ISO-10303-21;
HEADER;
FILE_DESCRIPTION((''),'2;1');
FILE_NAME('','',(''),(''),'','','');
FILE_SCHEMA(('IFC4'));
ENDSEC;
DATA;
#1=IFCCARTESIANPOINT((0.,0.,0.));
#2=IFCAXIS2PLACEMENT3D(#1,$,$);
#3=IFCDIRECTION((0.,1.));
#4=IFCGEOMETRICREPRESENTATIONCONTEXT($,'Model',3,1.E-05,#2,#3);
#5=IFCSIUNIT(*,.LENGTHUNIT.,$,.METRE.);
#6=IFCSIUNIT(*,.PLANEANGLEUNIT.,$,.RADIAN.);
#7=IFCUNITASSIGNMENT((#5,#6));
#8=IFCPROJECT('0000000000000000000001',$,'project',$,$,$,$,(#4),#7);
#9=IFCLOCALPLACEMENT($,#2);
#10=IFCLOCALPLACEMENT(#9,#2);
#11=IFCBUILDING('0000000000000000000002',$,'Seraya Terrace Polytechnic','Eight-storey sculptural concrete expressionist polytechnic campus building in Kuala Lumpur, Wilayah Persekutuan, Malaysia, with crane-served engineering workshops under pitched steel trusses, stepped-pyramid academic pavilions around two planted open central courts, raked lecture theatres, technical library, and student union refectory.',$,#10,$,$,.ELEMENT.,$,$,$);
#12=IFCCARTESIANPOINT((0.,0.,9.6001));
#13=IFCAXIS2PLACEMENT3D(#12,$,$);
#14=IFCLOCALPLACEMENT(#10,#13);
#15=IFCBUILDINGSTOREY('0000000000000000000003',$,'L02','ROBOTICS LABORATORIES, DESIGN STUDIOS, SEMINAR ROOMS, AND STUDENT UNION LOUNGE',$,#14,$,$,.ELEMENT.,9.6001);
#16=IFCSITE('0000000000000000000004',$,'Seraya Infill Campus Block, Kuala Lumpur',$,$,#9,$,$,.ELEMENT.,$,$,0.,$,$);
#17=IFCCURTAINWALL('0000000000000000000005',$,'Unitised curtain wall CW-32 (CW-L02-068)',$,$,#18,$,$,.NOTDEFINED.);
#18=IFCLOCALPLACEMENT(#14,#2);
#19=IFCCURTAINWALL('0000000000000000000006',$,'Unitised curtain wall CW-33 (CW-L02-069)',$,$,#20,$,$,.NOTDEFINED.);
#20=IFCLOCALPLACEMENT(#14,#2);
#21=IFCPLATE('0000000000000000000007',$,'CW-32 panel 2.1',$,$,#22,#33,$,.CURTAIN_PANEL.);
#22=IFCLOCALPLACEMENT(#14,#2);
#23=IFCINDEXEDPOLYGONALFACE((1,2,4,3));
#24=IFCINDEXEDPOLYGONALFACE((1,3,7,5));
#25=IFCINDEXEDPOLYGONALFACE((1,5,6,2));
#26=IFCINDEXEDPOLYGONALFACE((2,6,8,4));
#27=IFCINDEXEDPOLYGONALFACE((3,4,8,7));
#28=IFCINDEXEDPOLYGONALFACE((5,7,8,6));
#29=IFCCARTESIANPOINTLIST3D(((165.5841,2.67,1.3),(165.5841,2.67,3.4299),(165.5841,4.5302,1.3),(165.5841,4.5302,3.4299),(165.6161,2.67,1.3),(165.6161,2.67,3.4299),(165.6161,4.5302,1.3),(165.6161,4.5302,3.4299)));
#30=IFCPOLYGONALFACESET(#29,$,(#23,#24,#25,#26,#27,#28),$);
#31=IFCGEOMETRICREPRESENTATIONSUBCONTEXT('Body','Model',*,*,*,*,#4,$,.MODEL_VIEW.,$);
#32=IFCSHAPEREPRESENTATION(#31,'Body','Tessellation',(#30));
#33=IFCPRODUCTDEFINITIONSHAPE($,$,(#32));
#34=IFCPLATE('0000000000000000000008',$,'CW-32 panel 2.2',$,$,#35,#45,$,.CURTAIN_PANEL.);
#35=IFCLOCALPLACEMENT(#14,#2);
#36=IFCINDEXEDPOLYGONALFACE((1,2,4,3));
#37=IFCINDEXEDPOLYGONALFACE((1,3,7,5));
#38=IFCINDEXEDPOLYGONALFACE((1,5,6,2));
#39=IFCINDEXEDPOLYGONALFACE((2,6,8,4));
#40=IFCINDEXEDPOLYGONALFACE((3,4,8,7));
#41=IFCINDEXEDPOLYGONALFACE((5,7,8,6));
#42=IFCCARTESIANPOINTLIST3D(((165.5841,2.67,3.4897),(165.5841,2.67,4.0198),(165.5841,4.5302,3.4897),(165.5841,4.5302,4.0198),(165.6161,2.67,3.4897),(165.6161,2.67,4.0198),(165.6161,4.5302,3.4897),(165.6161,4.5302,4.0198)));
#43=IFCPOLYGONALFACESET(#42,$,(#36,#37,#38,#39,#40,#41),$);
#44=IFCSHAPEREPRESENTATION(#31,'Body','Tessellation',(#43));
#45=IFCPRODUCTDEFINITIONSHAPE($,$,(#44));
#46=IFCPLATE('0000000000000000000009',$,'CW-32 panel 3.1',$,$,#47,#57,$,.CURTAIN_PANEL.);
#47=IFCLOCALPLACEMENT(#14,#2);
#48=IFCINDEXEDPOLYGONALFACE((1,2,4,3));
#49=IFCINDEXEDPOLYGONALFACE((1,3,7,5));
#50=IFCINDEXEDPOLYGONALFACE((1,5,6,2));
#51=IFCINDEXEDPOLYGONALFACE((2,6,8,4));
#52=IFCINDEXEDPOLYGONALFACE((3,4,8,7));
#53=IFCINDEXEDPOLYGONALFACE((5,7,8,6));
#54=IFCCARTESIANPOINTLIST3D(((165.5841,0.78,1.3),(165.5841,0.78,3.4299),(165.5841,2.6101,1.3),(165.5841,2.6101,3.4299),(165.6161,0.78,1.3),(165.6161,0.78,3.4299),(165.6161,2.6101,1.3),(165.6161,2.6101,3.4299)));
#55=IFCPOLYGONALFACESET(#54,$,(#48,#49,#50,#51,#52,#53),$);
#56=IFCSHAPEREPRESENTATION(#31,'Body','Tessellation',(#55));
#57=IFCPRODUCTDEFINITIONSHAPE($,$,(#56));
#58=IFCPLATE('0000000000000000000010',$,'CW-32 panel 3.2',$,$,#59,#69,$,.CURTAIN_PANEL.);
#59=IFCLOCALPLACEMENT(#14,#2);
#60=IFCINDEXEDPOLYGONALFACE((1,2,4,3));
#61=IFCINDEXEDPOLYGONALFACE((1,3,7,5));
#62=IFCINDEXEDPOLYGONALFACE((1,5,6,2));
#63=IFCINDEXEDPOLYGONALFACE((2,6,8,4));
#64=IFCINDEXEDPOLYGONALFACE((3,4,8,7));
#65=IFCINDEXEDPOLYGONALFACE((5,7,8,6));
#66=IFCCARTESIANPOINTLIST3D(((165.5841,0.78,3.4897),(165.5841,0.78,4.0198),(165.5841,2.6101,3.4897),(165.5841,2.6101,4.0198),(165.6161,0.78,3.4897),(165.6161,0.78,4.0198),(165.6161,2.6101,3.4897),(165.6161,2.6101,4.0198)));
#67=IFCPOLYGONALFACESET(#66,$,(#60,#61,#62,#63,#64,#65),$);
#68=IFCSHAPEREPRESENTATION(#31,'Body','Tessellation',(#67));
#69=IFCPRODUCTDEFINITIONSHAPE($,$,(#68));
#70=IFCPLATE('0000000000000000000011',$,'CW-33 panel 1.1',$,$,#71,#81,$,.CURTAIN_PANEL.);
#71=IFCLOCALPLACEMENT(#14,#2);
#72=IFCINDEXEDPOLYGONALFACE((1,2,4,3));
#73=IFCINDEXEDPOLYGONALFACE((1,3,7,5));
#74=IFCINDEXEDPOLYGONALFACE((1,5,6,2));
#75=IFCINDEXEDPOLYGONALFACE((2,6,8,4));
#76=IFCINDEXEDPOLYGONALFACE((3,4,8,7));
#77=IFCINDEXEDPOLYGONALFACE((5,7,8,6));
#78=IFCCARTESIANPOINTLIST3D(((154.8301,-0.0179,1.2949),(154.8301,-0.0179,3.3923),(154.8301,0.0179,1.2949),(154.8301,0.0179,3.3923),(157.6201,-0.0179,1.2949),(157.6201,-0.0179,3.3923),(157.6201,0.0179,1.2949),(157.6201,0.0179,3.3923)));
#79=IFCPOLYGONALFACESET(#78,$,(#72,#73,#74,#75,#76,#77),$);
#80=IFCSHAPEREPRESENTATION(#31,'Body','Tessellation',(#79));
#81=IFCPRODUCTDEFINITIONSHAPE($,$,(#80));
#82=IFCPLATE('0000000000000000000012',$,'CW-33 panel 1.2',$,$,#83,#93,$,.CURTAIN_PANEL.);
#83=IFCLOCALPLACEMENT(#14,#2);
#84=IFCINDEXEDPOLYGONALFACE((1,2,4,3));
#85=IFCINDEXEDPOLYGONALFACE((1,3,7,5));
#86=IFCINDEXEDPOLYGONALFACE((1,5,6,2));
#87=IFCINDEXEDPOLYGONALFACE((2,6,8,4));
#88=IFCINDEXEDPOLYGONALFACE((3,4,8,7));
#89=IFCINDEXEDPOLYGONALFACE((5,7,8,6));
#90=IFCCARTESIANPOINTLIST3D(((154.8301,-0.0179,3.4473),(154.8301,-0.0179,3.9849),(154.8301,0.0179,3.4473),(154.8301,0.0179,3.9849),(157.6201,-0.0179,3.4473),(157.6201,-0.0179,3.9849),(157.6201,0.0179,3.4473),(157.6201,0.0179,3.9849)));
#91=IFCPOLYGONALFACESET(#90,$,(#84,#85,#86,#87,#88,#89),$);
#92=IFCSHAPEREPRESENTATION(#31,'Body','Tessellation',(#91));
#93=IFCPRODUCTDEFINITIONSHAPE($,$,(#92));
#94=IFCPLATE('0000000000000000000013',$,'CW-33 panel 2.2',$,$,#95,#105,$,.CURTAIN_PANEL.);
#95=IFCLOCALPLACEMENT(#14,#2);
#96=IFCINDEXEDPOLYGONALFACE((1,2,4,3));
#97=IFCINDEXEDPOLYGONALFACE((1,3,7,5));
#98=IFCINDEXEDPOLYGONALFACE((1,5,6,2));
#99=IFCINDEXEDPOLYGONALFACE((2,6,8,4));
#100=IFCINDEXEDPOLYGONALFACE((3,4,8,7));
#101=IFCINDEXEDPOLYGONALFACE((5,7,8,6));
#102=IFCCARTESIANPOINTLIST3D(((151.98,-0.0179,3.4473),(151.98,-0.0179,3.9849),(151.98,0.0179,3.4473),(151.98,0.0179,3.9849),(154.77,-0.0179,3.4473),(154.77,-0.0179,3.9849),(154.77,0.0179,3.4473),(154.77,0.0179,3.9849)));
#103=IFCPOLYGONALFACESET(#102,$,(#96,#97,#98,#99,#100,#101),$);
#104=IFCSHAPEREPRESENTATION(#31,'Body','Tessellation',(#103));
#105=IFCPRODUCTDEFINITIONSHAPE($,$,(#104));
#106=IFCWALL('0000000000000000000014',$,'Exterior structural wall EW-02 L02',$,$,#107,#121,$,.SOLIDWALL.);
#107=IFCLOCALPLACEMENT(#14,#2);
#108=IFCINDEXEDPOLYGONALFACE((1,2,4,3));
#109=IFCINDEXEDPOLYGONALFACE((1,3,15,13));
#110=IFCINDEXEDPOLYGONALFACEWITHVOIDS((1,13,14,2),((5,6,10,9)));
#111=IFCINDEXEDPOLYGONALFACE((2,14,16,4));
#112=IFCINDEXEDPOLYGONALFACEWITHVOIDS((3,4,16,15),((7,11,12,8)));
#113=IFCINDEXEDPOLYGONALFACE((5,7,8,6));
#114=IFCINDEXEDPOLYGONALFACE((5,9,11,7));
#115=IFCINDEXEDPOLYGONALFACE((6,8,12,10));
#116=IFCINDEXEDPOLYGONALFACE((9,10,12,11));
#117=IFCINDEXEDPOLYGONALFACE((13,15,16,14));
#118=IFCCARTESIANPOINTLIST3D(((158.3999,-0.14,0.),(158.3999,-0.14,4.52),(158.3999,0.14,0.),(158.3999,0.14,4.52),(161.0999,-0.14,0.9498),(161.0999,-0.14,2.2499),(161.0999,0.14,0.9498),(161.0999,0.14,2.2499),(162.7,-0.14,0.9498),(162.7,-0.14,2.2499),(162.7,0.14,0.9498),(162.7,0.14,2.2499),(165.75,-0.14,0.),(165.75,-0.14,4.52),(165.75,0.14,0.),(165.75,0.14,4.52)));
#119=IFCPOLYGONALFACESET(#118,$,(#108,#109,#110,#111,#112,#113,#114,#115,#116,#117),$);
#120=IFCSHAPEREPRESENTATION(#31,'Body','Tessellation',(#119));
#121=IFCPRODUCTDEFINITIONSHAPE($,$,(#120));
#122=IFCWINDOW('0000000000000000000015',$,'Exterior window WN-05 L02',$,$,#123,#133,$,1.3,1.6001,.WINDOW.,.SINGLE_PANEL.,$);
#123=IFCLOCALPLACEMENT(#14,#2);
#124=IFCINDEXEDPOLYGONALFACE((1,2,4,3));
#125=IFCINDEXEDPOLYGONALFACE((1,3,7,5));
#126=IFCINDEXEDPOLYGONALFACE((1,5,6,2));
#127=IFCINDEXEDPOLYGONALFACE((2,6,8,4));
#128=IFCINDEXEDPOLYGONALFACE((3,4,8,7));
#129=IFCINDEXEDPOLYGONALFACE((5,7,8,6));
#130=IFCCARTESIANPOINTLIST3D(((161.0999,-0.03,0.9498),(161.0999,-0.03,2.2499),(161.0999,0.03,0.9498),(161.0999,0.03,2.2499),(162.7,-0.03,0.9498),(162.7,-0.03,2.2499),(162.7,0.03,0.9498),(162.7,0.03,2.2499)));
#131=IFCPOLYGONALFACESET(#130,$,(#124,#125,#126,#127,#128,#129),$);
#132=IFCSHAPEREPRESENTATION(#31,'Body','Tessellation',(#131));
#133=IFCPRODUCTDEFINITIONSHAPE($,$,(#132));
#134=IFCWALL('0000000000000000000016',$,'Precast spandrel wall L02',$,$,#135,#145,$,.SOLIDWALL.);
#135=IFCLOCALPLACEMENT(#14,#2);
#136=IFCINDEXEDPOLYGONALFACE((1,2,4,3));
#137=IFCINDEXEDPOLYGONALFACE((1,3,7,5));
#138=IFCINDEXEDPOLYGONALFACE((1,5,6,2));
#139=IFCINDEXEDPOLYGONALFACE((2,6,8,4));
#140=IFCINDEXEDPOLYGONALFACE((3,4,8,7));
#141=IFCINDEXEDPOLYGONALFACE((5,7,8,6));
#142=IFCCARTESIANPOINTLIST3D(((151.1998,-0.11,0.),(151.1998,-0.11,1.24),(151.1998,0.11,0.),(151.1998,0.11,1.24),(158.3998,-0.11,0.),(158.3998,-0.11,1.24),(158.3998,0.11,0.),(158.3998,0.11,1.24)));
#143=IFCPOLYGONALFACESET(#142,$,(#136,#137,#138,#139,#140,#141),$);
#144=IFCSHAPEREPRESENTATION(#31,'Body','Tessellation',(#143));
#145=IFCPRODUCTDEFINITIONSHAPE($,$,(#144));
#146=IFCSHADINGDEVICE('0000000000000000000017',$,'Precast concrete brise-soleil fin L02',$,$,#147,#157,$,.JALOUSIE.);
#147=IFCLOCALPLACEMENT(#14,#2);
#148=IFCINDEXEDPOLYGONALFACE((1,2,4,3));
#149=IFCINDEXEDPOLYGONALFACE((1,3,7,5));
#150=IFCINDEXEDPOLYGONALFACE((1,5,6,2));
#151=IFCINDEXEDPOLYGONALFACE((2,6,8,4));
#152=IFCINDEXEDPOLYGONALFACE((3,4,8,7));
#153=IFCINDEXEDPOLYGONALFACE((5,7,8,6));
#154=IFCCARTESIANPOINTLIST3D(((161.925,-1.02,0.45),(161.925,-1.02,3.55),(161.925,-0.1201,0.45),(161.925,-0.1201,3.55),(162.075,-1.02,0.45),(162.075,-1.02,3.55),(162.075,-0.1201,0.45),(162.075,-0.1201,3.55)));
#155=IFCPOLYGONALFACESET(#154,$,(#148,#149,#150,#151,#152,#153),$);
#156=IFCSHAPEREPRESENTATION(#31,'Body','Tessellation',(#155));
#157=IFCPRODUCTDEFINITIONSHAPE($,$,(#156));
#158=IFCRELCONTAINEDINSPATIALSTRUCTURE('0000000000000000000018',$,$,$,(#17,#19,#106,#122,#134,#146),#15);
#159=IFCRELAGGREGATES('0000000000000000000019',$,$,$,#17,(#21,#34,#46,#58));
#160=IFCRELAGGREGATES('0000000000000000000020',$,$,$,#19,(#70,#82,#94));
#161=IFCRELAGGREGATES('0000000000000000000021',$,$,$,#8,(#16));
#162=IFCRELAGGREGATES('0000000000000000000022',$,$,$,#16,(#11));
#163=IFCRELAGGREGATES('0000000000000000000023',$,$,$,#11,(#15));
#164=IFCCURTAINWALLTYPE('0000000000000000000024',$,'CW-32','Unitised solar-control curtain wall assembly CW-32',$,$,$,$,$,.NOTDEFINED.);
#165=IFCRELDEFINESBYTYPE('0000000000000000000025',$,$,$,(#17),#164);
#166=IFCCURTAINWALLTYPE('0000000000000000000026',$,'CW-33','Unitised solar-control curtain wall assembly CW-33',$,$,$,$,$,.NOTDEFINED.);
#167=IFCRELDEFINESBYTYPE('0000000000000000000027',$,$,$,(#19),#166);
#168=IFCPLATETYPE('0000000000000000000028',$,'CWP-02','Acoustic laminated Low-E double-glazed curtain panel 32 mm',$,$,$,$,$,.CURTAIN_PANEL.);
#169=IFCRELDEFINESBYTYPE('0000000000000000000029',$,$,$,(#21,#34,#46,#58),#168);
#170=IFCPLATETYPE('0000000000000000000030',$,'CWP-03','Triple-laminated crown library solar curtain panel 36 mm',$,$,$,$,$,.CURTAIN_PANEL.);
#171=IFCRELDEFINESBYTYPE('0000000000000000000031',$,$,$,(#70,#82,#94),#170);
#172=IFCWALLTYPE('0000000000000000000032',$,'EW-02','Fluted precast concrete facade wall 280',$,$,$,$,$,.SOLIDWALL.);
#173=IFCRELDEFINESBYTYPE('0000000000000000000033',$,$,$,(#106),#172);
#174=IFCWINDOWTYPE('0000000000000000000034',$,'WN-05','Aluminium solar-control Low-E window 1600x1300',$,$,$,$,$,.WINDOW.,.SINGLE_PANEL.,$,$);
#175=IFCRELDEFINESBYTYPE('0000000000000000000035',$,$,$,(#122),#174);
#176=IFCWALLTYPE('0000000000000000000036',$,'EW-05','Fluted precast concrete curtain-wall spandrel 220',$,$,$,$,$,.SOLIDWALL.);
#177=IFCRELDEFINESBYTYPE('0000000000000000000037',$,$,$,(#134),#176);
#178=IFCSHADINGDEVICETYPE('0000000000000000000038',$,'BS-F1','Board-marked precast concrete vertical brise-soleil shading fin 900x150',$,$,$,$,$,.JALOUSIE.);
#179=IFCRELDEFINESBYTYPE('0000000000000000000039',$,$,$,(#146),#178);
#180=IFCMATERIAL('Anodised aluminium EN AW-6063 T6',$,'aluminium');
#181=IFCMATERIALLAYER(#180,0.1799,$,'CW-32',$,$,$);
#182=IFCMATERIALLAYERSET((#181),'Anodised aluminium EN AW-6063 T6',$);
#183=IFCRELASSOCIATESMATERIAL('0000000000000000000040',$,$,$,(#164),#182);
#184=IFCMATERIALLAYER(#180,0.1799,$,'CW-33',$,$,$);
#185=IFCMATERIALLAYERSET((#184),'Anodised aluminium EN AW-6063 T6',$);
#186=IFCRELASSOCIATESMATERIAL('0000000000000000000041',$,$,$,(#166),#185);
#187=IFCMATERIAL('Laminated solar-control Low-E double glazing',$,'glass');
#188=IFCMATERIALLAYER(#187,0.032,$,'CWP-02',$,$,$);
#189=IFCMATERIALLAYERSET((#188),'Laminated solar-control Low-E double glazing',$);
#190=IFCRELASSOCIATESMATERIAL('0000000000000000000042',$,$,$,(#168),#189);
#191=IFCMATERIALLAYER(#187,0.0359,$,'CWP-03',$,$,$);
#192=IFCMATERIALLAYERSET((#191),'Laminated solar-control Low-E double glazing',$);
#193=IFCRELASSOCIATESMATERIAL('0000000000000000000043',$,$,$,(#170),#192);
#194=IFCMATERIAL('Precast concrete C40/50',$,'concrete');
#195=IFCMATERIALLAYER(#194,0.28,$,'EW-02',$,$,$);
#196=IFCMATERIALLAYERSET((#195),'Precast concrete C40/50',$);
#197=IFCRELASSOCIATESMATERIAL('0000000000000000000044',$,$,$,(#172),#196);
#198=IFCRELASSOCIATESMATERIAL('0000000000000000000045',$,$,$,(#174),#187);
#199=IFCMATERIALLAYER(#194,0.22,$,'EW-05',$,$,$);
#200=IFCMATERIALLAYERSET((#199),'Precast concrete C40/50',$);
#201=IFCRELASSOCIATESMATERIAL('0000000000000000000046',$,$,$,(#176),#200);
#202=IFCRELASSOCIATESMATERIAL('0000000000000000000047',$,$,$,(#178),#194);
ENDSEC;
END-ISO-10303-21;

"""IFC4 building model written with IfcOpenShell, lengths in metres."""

from ifc_helpers import new_model, si_unit, direction, frame, frame_2d, origin, origin_2d, place, context, subcontext, project, spatial, rectangle, extrude, material, layer, layer_set, type_object, element, fill, aggregate, save


model = new_model("IFC4")

# Units and contexts
model_context = context("Model", 3, precision=1e-05, world=origin(), true_north=direction((0.0, 1.0)))
body_context = subcontext(model_context, "Body", "Model", "MODEL_VIEW")
ifc_project = project(units=[si_unit("LENGTHUNIT", "METRE"), si_unit("PLANEANGLEUNIT", "RADIAN")], contexts=[model_context])

# Site, building, storey
site_placement = place(None, origin())
site = spatial("IfcSite", under=ifc_project, at=site_placement, Name="Seraya Infill Campus Block, Kuala Lumpur", CompositionType="ELEMENT", RefElevation=0.0)
building_placement = place(site_placement, origin())
building = spatial("IfcBuilding", under=site, at=building_placement, Name="Seraya Terrace Polytechnic", Description="Eight-storey sculptural concrete expressionist polytechnic campus building in Kuala Lumpur, Wilayah Persekutuan, Malaysia, with crane-served engineering workshops under pitched steel trusses, stepped-pyramid academic pavilions around two planted open central courts, raked lecture theatres, technical library, and student union refectory.", CompositionType="ELEMENT")
storey_placement = place(building_placement, frame((0.0, 0.0, 9.6001)))
storey = spatial("IfcBuildingStorey", under=building, at=storey_placement, Name="L02", Description="ROBOTICS LABORATORIES, DESIGN STUDIOS, SEMINAR ROOMS, AND STUDENT UNION LOUNGE", CompositionType="ELEMENT", Elevation=9.6001)

# Curtain walls
ifc_material_1 = material(Name="Anodised aluminium EN AW-6063 T6", Category="aluminium")
ifc_layer_1 = layer(ifc_material_1, 0.1799, Name="CW-32")
ifc_layer_set_1 = layer_set([ifc_layer_1], Name="Anodised aluminium EN AW-6063 T6")
curtain_wall_type_1 = type_object("IfcCurtainWallType", Name="CW-32", Description="Unitised solar-control curtain wall assembly CW-32", PredefinedType="NOTDEFINED", material=ifc_layer_set_1)
curtain_wall_1_placement = place(storey_placement, origin())
curtain_wall_1 = element("IfcCurtainWall", 1, at=curtain_wall_1_placement, inside=storey, type_object=curtain_wall_type_1, Name="Unitised curtain wall CW-32 (CW-L02-068)", PredefinedType="NOTDEFINED")
ifc_layer_2 = layer(ifc_material_1, 0.1799, Name="CW-33")
ifc_layer_set_2 = layer_set([ifc_layer_2], Name="Anodised aluminium EN AW-6063 T6")
curtain_wall_type_2 = type_object("IfcCurtainWallType", Name="CW-33", Description="Unitised solar-control curtain wall assembly CW-33", PredefinedType="NOTDEFINED", material=ifc_layer_set_2)
curtain_wall_2_placement = place(storey_placement, origin())
curtain_wall_2 = element("IfcCurtainWall", 2, at=curtain_wall_2_placement, inside=storey, type_object=curtain_wall_type_2, Name="Unitised curtain wall CW-33 (CW-L02-069)", PredefinedType="NOTDEFINED")

# Plates
ifc_material_2 = material(Name="Laminated solar-control Low-E double glazing", Category="glass")
ifc_layer_3 = layer(ifc_material_2, 0.032, Name="CWP-02")
ifc_layer_set_3 = layer_set([ifc_layer_3], Name="Laminated solar-control Low-E double glazing")
plate_type_1 = type_object("IfcPlateType", Name="CWP-02", Description="Acoustic laminated Low-E double-glazed curtain panel 32 mm", PredefinedType="CURTAIN_PANEL", material=ifc_layer_set_3)
plate_1_placement = place(storey_placement, frame((165.6001, 3.6001, 1.3), z_axis=(0.0, 0.0, 1.0), x_axis=(0.0, -1.0, 0.0)))
plate_1 = element("IfcPlate", 3, at=plate_1_placement, type_object=plate_type_1, Name="CW-32 panel 2.1", PredefinedType="CURTAIN_PANEL", context=body_context, shape_type="SweptSolid", body=[
    extrude(rectangle(XDim=1.8601, YDim=0.032, at=origin_2d()), origin(), (0.0, 0.0, 1.0), 2.1299),
])
plate_2_placement = place(storey_placement, frame((165.6001, 3.6001, 3.4897), z_axis=(0.0, 0.0, 1.0), x_axis=(0.0, -1.0, 0.0)))
plate_2 = element("IfcPlate", 4, at=plate_2_placement, type_object=plate_type_1, Name="CW-32 panel 2.2", PredefinedType="CURTAIN_PANEL", context=body_context, shape_type="SweptSolid", body=[
    extrude(rectangle(XDim=1.8601, YDim=0.032, at=origin_2d()), origin(), (0.0, 0.0, 1.0), 0.53),
])
plate_3_placement = place(storey_placement, frame((165.6001, 1.6951, 1.3), z_axis=(0.0, 0.0, 1.0), x_axis=(0.0, -1.0, 0.0)))
plate_3 = element("IfcPlate", 5, at=plate_3_placement, type_object=plate_type_1, Name="CW-32 panel 3.1", PredefinedType="CURTAIN_PANEL", context=body_context, shape_type="SweptSolid", body=[
    extrude(rectangle(XDim=1.8301, YDim=0.032, at=origin_2d()), origin(), (0.0, 0.0, 1.0), 2.1299),
])
plate_4_placement = place(storey_placement, frame((165.6001, 1.6951, 3.4897), z_axis=(0.0, 0.0, 1.0), x_axis=(0.0, -1.0, 0.0)))
plate_4 = element("IfcPlate", 6, at=plate_4_placement, type_object=plate_type_1, Name="CW-32 panel 3.2", PredefinedType="CURTAIN_PANEL", context=body_context, shape_type="SweptSolid", body=[
    extrude(rectangle(XDim=1.8301, YDim=0.032, at=origin_2d()), origin(), (0.0, 0.0, 1.0), 0.53),
])
aggregate(curtain_wall_1, [plate_1, plate_2, plate_3, plate_4])
ifc_layer_4 = layer(ifc_material_2, 0.0359, Name="CWP-03")
ifc_layer_set_4 = layer_set([ifc_layer_4], Name="Laminated solar-control Low-E double glazing")
plate_type_2 = type_object("IfcPlateType", Name="CWP-03", Description="Triple-laminated crown library solar curtain panel 36 mm", PredefinedType="CURTAIN_PANEL", material=ifc_layer_set_4)
plate_5_placement = place(storey_placement, frame((156.2251, 0.0, 1.2949), z_axis=(0.0, 0.0, 1.0), x_axis=(-1.0, 0.0, 0.0)))
plate_5 = element("IfcPlate", 7, at=plate_5_placement, type_object=plate_type_2, Name="CW-33 panel 1.1", PredefinedType="CURTAIN_PANEL", context=body_context, shape_type="SweptSolid", body=[
    extrude(rectangle(XDim=2.79, YDim=0.0359, at=origin_2d()), origin(), (0.0, 0.0, 1.0), 2.0974),
])
plate_6_placement = place(storey_placement, frame((156.2251, 0.0, 3.4473), z_axis=(0.0, 0.0, 1.0), x_axis=(-1.0, 0.0, 0.0)))
plate_6 = element("IfcPlate", 8, at=plate_6_placement, type_object=plate_type_2, Name="CW-33 panel 1.2", PredefinedType="CURTAIN_PANEL", context=body_context, shape_type="SweptSolid", body=[
    extrude(rectangle(XDim=2.79, YDim=0.0359, at=origin_2d()), origin(), (0.0, 0.0, 1.0), 0.5376),
])
plate_7_placement = place(storey_placement, frame((153.375, 0.0, 3.4473), z_axis=(0.0, 0.0, 1.0), x_axis=(-1.0, 0.0, 0.0)))
plate_7 = element("IfcPlate", 9, at=plate_7_placement, type_object=plate_type_2, Name="CW-33 panel 2.2", PredefinedType="CURTAIN_PANEL", context=body_context, shape_type="SweptSolid", body=[
    extrude(rectangle(XDim=2.79, YDim=0.0359, at=origin_2d()), origin(), (0.0, 0.0, 1.0), 0.5376),
])
aggregate(curtain_wall_2, [plate_5, plate_6, plate_7])

# Wall, opening, window
ifc_material_3 = material(Name="Precast concrete C40/50", Category="concrete")
ifc_layer_5 = layer(ifc_material_3, 0.28, Name="EW-02")
ifc_layer_set_5 = layer_set([ifc_layer_5], Name="Precast concrete C40/50")
wall_type_1 = type_object("IfcWallType", Name="EW-02", Description="Fluted precast concrete facade wall 280", PredefinedType="SOLIDWALL", material=ifc_layer_set_5)
wall_1_placement = place(storey_placement, frame((165.75, 0.0, 0.0), z_axis=(0.0, 0.0, 1.0), x_axis=(-1.0, 0.0, 0.0)))
wall_1 = element("IfcWall", 10, at=wall_1_placement, inside=storey, type_object=wall_type_1, Name="Exterior structural wall EW-02 L02", PredefinedType="SOLIDWALL", context=body_context, shape_type="SweptSolid", body=[
    extrude(rectangle(XDim=7.3501, YDim=0.28, at=frame_2d((3.675, 0.0))), origin(), (0.0, 0.0, 1.0), 4.52),
])
opening_placement = place(wall_1_placement, frame((3.05, 0.0, 0.95)))
opening = element("IfcOpeningElement", 11, at=opening_placement, cuts=wall_1, PredefinedType="OPENING", context=body_context, shape_type="SweptSolid", body=[
    extrude(rectangle(XDim=1.6001, YDim=1.3, at=frame_2d((0.8, 0.6499))), frame((0.0, 0.1519, 0.0), z_axis=(0.0, -1.0, 0.0), x_axis=(1.0, 0.0, 0.0)), (0.0, 0.0, 1.0), 0.304),
])
window_type = type_object("IfcWindowType", Name="WN-05", Description="Aluminium solar-control Low-E window 1600x1300", PartitioningType="SINGLE_PANEL", PredefinedType="WINDOW", material=ifc_material_2)
window_placement = place(opening_placement, origin())
window = element("IfcWindow", 12, at=window_placement, inside=storey, type_object=window_type, Name="Exterior window WN-05 L02", OverallHeight=1.3, OverallWidth=1.6001, PartitioningType="SINGLE_PANEL", PredefinedType="WINDOW", context=body_context, shape_type="SweptSolid", body=[
    extrude(rectangle(XDim=1.6001, YDim=1.3, at=frame_2d((0.8, 0.6499))), frame((0.0, 0.03, 0.0), z_axis=(0.0, -1.0, 0.0), x_axis=(1.0, 0.0, 0.0)), (0.0, 0.0, 1.0), 0.0601),
])
fill(opening, window)

# Wall
ifc_layer_6 = layer(ifc_material_3, 0.22, Name="EW-05")
ifc_layer_set_6 = layer_set([ifc_layer_6], Name="Precast concrete C40/50")
wall_type_2 = type_object("IfcWallType", Name="EW-05", Description="Fluted precast concrete curtain-wall spandrel 220", PredefinedType="SOLIDWALL", material=ifc_layer_set_6)
wall_2_placement = place(storey_placement, frame((158.3999, 0.0, 0.0), z_axis=(0.0, 0.0, 1.0), x_axis=(-1.0, 0.0, 0.0)))
element("IfcWall", 13, at=wall_2_placement, inside=storey, type_object=wall_type_2, Name="Precast spandrel wall L02", PredefinedType="SOLIDWALL", context=body_context, shape_type="SweptSolid", body=[
    extrude(rectangle(XDim=7.2, YDim=0.22, at=frame_2d((3.6001, 0.0))), origin(), (0.0, 0.0, 1.0), 1.24),
])

# Shading device
shading_device_type = type_object("IfcShadingDeviceType", Name="BS-F1", Description="Board-marked precast concrete vertical brise-soleil shading fin 900x150", PredefinedType="JALOUSIE", material=ifc_material_3)
shading_device_placement = place(storey_placement, frame((162.0, -0.5701, 0.45), z_axis=(0.0, 0.0, 1.0), x_axis=(0.0, -1.0, 0.0)))
element("IfcShadingDevice", 14, at=shading_device_placement, inside=storey, type_object=shading_device_type, Name="Precast concrete brise-soleil fin L02", PredefinedType="JALOUSIE", context=body_context, shape_type="SweptSolid", body=[
    extrude(rectangle(XDim=0.8999, YDim=0.1499, at=origin_2d()), origin(), (0.0, 0.0, 1.0), 3.1001),
])

save(model, "model.ifc")
